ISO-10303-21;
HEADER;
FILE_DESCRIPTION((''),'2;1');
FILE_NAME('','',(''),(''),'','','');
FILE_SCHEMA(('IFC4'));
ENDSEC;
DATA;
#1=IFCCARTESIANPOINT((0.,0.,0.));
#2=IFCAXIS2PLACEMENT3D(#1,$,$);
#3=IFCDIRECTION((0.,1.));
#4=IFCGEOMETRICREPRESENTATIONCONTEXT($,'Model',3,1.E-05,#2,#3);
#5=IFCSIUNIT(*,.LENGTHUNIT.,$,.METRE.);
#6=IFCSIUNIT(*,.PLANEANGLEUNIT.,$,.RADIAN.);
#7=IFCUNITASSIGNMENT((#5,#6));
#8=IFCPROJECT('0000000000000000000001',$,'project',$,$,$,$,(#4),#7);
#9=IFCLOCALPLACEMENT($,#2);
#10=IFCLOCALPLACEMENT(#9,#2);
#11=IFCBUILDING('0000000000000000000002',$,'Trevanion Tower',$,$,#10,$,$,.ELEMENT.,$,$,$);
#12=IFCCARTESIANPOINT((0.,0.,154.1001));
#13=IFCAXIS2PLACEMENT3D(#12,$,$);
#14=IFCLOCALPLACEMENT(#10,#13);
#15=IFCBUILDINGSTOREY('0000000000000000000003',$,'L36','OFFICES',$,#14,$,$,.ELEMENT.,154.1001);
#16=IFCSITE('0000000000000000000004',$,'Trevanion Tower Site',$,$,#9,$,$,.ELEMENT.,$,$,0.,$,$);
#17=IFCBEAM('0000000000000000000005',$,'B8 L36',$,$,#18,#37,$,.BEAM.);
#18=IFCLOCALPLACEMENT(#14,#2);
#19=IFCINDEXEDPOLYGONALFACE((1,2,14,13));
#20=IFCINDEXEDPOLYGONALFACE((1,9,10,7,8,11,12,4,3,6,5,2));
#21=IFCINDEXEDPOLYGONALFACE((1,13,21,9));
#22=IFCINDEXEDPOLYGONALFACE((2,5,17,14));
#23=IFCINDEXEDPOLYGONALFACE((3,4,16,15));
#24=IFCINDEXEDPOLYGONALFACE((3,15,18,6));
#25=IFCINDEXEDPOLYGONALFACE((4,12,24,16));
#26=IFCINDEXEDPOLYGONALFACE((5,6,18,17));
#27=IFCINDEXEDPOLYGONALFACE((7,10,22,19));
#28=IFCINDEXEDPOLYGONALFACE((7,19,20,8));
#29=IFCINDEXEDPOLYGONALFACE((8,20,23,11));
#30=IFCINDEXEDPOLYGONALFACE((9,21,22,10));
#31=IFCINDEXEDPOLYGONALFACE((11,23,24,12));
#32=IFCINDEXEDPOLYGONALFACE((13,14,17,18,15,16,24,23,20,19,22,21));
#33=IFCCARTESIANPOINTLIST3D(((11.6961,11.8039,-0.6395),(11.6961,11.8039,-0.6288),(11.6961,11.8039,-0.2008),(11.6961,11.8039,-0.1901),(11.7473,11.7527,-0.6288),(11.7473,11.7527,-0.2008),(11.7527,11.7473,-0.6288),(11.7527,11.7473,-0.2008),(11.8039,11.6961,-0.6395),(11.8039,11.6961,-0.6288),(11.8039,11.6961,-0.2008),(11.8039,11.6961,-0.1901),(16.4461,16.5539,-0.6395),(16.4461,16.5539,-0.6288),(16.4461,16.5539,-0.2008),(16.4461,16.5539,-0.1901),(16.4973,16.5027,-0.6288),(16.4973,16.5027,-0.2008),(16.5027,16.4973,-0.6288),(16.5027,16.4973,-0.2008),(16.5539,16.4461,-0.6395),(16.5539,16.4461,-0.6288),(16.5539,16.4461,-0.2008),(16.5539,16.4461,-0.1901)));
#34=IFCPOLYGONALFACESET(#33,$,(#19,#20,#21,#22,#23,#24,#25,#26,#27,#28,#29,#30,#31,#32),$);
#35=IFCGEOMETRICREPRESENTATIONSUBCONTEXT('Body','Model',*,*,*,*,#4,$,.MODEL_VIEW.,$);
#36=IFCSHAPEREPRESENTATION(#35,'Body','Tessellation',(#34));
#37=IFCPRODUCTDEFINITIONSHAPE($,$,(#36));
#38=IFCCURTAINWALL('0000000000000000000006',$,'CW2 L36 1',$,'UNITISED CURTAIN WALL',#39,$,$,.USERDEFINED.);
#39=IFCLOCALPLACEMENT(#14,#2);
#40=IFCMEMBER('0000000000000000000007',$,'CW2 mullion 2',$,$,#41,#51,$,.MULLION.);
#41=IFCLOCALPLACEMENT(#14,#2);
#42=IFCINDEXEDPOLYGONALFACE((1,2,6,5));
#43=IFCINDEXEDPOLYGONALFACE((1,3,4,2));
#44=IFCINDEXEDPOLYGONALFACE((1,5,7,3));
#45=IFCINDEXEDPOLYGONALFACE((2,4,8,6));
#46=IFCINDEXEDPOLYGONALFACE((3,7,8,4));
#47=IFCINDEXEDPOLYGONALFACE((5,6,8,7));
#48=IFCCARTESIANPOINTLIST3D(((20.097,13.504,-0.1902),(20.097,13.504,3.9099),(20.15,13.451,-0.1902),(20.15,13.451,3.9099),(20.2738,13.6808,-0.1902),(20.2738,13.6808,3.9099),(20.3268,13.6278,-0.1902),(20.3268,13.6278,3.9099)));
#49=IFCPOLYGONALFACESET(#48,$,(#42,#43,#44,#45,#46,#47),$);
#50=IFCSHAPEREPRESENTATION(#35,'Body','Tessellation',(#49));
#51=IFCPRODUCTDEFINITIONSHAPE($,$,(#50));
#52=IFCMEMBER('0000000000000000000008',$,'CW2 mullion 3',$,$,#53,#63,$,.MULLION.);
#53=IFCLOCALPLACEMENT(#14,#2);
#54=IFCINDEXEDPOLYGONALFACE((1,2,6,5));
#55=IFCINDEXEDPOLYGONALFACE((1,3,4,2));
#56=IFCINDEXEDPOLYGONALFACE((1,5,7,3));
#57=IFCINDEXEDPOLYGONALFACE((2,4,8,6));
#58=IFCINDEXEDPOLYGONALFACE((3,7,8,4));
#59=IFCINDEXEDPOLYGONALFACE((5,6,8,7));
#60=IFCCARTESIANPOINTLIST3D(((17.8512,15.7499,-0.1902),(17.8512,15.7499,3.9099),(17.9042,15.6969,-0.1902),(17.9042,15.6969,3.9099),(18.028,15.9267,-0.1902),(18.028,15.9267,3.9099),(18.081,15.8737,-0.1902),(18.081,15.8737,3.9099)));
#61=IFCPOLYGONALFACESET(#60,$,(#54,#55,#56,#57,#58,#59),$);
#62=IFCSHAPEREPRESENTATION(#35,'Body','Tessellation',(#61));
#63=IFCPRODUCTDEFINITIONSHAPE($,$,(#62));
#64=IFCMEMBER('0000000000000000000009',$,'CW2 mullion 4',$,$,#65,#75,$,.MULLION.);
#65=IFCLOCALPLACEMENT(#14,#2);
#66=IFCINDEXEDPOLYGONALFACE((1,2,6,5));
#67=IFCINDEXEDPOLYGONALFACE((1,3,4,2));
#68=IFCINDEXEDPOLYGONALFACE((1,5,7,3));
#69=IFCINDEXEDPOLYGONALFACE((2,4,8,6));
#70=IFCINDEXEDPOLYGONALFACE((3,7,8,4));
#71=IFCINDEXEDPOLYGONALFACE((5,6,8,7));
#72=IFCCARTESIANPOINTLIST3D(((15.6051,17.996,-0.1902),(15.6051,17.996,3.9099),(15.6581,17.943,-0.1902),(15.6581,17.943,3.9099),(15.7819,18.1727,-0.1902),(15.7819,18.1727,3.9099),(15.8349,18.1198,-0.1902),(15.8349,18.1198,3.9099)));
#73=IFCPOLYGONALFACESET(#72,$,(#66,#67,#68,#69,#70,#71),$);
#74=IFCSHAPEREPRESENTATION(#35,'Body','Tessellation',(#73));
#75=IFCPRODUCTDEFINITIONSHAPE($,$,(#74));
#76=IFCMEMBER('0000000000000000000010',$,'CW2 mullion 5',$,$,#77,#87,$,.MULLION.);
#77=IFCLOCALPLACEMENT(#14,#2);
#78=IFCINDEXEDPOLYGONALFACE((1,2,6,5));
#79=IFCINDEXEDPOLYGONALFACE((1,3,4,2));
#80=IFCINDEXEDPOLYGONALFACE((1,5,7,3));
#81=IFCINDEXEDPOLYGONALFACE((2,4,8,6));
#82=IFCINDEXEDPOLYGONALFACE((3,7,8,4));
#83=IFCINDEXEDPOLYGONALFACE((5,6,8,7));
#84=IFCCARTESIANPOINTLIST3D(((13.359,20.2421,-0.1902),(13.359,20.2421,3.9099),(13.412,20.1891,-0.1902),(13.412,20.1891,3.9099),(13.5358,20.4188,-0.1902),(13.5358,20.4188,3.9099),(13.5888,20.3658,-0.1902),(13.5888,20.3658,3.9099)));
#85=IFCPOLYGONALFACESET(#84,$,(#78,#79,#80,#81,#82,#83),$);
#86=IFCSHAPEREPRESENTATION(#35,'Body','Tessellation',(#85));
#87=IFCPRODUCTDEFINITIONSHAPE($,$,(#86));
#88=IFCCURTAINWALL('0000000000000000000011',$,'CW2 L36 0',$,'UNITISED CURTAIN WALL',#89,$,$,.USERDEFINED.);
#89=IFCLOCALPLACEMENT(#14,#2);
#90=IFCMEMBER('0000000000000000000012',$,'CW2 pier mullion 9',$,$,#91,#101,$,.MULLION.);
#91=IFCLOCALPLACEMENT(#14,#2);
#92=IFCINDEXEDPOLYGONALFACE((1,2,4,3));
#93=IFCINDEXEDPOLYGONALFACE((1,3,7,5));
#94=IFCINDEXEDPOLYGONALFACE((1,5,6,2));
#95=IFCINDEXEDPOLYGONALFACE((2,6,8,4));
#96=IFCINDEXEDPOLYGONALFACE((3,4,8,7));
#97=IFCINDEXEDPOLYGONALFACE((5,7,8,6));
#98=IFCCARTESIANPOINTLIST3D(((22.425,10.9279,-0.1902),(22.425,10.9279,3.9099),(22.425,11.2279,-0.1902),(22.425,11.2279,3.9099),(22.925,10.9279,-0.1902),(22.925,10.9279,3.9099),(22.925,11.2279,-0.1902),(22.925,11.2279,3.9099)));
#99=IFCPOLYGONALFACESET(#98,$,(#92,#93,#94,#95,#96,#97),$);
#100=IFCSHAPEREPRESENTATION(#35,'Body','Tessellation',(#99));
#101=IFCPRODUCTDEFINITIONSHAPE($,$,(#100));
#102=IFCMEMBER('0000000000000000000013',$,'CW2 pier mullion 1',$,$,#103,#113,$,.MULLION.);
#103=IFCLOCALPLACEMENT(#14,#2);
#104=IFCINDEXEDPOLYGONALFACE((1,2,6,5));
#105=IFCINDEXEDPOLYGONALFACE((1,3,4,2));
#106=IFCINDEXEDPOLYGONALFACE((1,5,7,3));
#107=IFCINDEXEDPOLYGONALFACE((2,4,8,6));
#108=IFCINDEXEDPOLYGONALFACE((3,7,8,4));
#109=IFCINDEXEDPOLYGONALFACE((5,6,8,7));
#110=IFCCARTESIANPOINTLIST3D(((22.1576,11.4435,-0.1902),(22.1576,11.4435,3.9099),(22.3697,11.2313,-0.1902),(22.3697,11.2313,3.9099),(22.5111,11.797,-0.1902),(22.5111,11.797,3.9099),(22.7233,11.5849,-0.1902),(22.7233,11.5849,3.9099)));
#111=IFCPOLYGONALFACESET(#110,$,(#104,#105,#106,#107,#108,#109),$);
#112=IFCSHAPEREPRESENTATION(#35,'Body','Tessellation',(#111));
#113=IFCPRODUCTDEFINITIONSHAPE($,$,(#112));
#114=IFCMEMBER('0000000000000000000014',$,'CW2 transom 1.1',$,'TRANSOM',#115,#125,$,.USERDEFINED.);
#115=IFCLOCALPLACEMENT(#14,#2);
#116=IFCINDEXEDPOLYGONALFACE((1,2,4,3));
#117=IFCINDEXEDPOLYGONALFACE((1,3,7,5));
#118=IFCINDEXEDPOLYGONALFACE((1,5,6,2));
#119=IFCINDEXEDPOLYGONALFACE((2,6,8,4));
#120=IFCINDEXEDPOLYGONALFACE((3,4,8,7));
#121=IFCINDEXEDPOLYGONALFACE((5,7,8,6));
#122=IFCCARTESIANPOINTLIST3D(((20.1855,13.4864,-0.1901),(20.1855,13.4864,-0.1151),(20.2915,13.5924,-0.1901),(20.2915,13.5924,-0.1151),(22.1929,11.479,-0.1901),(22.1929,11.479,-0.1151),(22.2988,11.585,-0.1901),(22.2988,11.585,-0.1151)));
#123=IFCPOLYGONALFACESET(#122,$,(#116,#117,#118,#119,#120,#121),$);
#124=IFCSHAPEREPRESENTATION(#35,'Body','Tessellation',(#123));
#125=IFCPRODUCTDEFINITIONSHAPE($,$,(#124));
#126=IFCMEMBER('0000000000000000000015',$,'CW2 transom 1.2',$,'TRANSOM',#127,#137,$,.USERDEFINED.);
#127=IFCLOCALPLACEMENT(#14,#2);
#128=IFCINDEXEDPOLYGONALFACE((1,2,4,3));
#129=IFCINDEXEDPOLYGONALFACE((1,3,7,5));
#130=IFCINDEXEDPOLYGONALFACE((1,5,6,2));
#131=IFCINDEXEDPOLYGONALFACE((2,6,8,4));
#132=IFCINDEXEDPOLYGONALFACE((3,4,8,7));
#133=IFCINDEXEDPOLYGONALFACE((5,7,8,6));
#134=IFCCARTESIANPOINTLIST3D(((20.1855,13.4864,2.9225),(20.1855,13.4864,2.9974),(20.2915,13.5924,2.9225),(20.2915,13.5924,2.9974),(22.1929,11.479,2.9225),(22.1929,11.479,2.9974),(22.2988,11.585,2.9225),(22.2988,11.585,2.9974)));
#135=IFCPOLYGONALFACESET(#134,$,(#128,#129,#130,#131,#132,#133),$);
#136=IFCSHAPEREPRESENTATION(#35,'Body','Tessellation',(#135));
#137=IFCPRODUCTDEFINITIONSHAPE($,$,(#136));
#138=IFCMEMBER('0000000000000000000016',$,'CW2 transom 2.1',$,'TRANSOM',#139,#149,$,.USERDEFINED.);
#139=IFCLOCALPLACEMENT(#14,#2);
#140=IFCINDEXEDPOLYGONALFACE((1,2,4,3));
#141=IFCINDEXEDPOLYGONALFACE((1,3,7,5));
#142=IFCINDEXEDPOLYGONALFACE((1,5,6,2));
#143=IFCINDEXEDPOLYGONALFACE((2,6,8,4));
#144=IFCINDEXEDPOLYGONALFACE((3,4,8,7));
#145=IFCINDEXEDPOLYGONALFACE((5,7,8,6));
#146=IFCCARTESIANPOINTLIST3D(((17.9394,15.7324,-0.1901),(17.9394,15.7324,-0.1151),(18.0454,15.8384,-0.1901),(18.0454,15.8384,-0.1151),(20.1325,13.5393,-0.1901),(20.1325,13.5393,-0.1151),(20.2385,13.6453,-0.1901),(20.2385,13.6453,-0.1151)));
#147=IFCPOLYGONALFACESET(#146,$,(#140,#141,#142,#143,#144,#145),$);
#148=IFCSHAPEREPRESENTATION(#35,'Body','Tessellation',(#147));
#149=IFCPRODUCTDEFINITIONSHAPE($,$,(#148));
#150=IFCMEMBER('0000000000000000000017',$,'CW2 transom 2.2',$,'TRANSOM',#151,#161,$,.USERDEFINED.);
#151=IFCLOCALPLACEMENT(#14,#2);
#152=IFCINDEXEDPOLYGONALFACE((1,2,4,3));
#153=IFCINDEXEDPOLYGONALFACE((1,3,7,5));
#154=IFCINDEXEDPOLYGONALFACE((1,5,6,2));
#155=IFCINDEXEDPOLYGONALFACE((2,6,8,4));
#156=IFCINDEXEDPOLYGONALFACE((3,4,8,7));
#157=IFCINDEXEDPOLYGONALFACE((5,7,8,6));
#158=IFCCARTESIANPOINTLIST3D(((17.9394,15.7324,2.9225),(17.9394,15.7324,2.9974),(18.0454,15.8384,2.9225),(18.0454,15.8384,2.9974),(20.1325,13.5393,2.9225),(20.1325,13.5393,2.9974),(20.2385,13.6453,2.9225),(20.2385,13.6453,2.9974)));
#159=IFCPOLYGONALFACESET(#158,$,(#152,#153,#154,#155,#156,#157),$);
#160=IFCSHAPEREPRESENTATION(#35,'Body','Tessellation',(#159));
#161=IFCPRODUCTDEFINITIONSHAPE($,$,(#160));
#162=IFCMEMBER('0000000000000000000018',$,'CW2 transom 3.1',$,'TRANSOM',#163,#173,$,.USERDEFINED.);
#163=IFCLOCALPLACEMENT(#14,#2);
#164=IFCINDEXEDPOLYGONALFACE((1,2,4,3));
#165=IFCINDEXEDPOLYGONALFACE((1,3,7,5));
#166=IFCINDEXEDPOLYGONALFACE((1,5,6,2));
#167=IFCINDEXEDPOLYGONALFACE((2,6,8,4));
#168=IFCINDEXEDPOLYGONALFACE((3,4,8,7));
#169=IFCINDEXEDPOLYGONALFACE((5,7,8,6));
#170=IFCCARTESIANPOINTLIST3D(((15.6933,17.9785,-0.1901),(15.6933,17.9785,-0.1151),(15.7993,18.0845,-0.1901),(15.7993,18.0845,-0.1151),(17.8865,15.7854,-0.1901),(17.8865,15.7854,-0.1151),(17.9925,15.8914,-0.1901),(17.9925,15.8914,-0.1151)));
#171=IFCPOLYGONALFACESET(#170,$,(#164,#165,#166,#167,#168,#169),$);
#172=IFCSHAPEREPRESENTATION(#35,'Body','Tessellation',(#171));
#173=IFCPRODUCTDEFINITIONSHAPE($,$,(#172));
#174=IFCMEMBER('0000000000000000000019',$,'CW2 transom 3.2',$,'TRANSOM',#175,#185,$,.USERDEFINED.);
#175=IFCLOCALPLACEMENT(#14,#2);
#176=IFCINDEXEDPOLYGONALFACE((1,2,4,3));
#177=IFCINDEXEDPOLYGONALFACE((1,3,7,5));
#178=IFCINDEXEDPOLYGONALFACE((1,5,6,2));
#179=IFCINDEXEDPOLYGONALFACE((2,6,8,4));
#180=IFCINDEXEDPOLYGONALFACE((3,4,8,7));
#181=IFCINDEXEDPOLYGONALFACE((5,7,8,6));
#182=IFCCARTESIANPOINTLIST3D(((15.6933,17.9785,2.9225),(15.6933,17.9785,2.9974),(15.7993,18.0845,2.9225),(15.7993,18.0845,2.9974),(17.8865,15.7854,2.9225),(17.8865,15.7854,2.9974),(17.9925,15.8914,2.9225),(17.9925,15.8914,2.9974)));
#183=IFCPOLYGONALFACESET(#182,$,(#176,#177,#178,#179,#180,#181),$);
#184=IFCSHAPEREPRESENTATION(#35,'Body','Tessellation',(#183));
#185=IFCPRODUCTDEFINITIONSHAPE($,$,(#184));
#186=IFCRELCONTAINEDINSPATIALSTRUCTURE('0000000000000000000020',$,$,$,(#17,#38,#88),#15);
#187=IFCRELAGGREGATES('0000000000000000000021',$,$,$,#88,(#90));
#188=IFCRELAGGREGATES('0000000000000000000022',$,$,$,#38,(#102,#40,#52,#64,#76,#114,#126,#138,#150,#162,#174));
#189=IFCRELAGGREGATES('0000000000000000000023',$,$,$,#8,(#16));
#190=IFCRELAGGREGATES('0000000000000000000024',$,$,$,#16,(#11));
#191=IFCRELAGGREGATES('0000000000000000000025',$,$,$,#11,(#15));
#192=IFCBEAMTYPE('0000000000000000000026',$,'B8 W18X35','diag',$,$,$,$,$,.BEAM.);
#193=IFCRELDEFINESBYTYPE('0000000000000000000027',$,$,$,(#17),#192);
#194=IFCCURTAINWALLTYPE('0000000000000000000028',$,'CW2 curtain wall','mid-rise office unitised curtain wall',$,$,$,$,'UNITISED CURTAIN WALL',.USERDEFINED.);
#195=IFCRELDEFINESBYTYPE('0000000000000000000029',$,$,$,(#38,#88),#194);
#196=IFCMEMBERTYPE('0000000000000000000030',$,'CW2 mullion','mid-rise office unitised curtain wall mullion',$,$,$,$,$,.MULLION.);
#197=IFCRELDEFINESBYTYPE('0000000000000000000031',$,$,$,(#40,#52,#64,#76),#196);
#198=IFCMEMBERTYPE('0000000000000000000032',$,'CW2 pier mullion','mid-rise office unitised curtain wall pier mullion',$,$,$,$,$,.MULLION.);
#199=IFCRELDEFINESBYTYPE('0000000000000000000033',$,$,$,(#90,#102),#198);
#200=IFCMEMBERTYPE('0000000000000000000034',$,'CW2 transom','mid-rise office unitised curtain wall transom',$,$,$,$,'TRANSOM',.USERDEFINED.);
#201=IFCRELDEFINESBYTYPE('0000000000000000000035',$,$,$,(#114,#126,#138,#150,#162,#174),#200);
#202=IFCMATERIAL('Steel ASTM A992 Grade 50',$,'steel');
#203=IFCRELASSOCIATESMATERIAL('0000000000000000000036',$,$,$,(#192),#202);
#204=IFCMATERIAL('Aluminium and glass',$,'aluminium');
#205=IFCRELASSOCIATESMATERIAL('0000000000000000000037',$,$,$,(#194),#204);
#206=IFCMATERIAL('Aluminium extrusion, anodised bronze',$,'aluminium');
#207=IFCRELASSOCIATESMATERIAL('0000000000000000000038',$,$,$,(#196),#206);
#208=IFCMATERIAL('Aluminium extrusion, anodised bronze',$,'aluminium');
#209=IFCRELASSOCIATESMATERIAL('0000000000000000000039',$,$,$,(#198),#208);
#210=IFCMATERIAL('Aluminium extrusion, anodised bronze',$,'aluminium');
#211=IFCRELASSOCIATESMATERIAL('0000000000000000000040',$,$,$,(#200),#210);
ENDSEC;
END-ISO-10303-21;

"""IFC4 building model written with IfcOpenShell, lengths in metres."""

from ifc_helpers import new_model, si_unit, direction, frame, origin, origin_2d, place, context, subcontext, project, spatial, rectangle, i_section, extrude, material, material_profile, profile_set, type_object, element, aggregate, save


model = new_model("IFC4")

# Units and contexts
model_context = context("Model", 3, precision=1e-05, world=origin(), true_north=direction((0.0, 1.0)))
body_context = subcontext(model_context, "Body", "Model", "MODEL_VIEW")
ifc_project = project(units=[si_unit("LENGTHUNIT", "METRE"), si_unit("PLANEANGLEUNIT", "RADIAN")], contexts=[model_context])

# Site, building, storey
site_placement = place(None, origin())
site = spatial("IfcSite", under=ifc_project, at=site_placement, Name="Trevanion Tower Site", CompositionType="ELEMENT", RefElevation=0.0)
building_placement = place(site_placement, origin())
building = spatial("IfcBuilding", under=site, at=building_placement, Name="Trevanion Tower", CompositionType="ELEMENT")
storey_placement = place(building_placement, frame((0.0, 0.0, 154.1001)))
storey = spatial("IfcBuildingStorey", under=building, at=storey_placement, Name="L36", Description="OFFICES", CompositionType="ELEMENT", Elevation=154.1001)

# Beam
ifc_material_1 = material(Name="Steel ASTM A992 Grade 50", Category="steel")
ifc_material_profile_1 = material_profile(ifc_material_1, i_section(OverallWidth=0.1523, OverallDepth=0.4495, WebThickness=0.0076, FlangeThickness=0.0107, at=origin_2d()), Name="W18X35")
ifc_profile_set_1 = profile_set([ifc_material_profile_1], Name="Steel ASTM A992 Grade 50")
beam_type = type_object("IfcBeamType", Name="B8 W18X35", Description="diag", PredefinedType="BEAM", material=ifc_profile_set_1)
beam_placement = place(storey_placement, frame((11.75, 11.75, -0.4148), z_axis=(0.707107, 0.707107, 0.0), x_axis=(-0.707107, 0.707107, 0.0)))
element("IfcBeam", 1, at=beam_placement, inside=storey, type_object=beam_type, Name="B8 L36", PredefinedType="BEAM", context=body_context, shape_type="SweptSolid", body=[
    extrude(i_section(OverallWidth=0.1523, OverallDepth=0.4495, WebThickness=0.0076, FlangeThickness=0.0107, at=origin_2d()), origin(), (0.0, 0.0, 1.0), 6.7175),
])

# Curtain wall, members
ifc_material_2 = material(Name="Aluminium and glass", Category="aluminium")
curtain_wall_type = type_object("IfcCurtainWallType", Name="CW2 curtain wall", Description="mid-rise office unitised curtain wall", ElementType="UNITISED CURTAIN WALL", PredefinedType="USERDEFINED", material=ifc_material_2)
curtain_wall_1_placement = place(storey_placement, origin())
curtain_wall_1 = element("IfcCurtainWall", 2, at=curtain_wall_1_placement, inside=storey, type_object=curtain_wall_type, Name="CW2 L36 1", ObjectType="UNITISED CURTAIN WALL", PredefinedType="USERDEFINED")
ifc_material_3 = material(Name="Aluminium extrusion, anodised bronze", Category="aluminium")
ifc_material_profile_2 = material_profile(ifc_material_3, rectangle(XDim=0.075, YDim=0.25, at=origin_2d()), Name="CW2 mullion")
ifc_profile_set_2 = profile_set([ifc_material_profile_2], Name="Aluminium extrusion, anodised bronze")
member_type_1 = type_object("IfcMemberType", Name="CW2 mullion", Description="mid-rise office unitised curtain wall mullion", PredefinedType="MULLION", material=ifc_profile_set_2)
member_1_placement = place(storey_placement, frame((20.2119, 13.5659, -0.1902), z_axis=(0.0, 0.0, 1.0), x_axis=(-0.707107, 0.707107, 0.0)))
member_1 = element("IfcMember", 3, at=member_1_placement, type_object=member_type_1, Name="CW2 mullion 2", PredefinedType="MULLION", context=body_context, shape_type="SweptSolid", body=[
    extrude(rectangle(XDim=0.075, YDim=0.25, at=origin_2d()), origin(), (0.0, 0.0, 1.0), 4.1001),
])
member_2_placement = place(storey_placement, frame((17.9661, 15.8118, -0.1902), z_axis=(0.0, 0.0, 1.0), x_axis=(-0.707107, 0.707107, 0.0)))
member_2 = element("IfcMember", 4, at=member_2_placement, type_object=member_type_1, Name="CW2 mullion 3", PredefinedType="MULLION", context=body_context, shape_type="SweptSolid", body=[
    extrude(rectangle(XDim=0.075, YDim=0.25, at=origin_2d()), origin(), (0.0, 0.0, 1.0), 4.1001),
])
member_3_placement = place(storey_placement, frame((15.72, 18.0579, -0.1902), z_axis=(0.0, 0.0, 1.0), x_axis=(-0.707107, 0.707107, 0.0)))
member_3 = element("IfcMember", 5, at=member_3_placement, type_object=member_type_1, Name="CW2 mullion 4", PredefinedType="MULLION", context=body_context, shape_type="SweptSolid", body=[
    extrude(rectangle(XDim=0.075, YDim=0.25, at=origin_2d()), origin(), (0.0, 0.0, 1.0), 4.1001),
])
member_4_placement = place(storey_placement, frame((13.4739, 20.304, -0.1902), z_axis=(0.0, 0.0, 1.0), x_axis=(-0.707107, 0.707107, 0.0)))
member_4 = element("IfcMember", 6, at=member_4_placement, type_object=member_type_1, Name="CW2 mullion 5", PredefinedType="MULLION", context=body_context, shape_type="SweptSolid", body=[
    extrude(rectangle(XDim=0.075, YDim=0.25, at=origin_2d()), origin(), (0.0, 0.0, 1.0), 4.1001),
])

# Curtain wall, member
curtain_wall_2_placement = place(storey_placement, origin())
curtain_wall_2 = element("IfcCurtainWall", 7, at=curtain_wall_2_placement, inside=storey, type_object=curtain_wall_type, Name="CW2 L36 0", ObjectType="UNITISED CURTAIN WALL", PredefinedType="USERDEFINED")
ifc_material_4 = material(Name="Aluminium extrusion, anodised bronze", Category="aluminium")
ifc_material_profile_3 = material_profile(ifc_material_4, rectangle(XDim=0.3, YDim=0.5, at=origin_2d()), Name="CW2 pier mullion")
ifc_profile_set_3 = profile_set([ifc_material_profile_3], Name="Aluminium extrusion, anodised bronze")
member_type_2 = type_object("IfcMemberType", Name="CW2 pier mullion", Description="mid-rise office unitised curtain wall pier mullion", PredefinedType="MULLION", material=ifc_profile_set_3)
member_5_placement = place(storey_placement, frame((22.675, 11.0779, -0.1902), z_axis=(0.0, 0.0, 1.0), x_axis=(0.0, 1.0, 0.0)))
member_5 = element("IfcMember", 8, at=member_5_placement, type_object=member_type_2, Name="CW2 pier mullion 9", PredefinedType="MULLION", context=body_context, shape_type="SweptSolid", body=[
    extrude(rectangle(XDim=0.3, YDim=0.5, at=origin_2d()), origin(), (0.0, 0.0, 1.0), 4.1001),
])
aggregate(curtain_wall_2, [member_5])

# Members
member_6_placement = place(storey_placement, frame((22.4404, 11.5142, -0.1902), z_axis=(0.0, 0.0, 1.0), x_axis=(-0.707107, 0.707107, 0.0)))
member_6 = element("IfcMember", 9, at=member_6_placement, type_object=member_type_2, Name="CW2 pier mullion 1", PredefinedType="MULLION", context=body_context, shape_type="SweptSolid", body=[
    extrude(rectangle(XDim=0.3, YDim=0.5, at=origin_2d()), origin(), (0.0, 0.0, 1.0), 4.1001),
])
ifc_material_5 = material(Name="Aluminium extrusion, anodised bronze", Category="aluminium")
ifc_material_profile_4 = material_profile(ifc_material_5, rectangle(XDim=0.1499, YDim=0.075, at=origin_2d()), Name="CW2 transom")
ifc_profile_set_4 = profile_set([ifc_material_profile_4], Name="Aluminium extrusion, anodised bronze")
member_type_3 = type_object("IfcMemberType", Name="CW2 transom", Description="mid-rise office unitised curtain wall transom", ElementType="TRANSOM", PredefinedType="USERDEFINED", material=ifc_profile_set_4)
member_7_placement = place(storey_placement, frame((22.2458, 11.532, -0.1526), z_axis=(-0.707107, 0.707107, 0.0), x_axis=(-0.707107, -0.707107, 0.0)))
member_7 = element("IfcMember", 10, at=member_7_placement, type_object=member_type_3, Name="CW2 transom 1.1", ObjectType="TRANSOM", PredefinedType="USERDEFINED", context=body_context, shape_type="SweptSolid", body=[
    extrude(rectangle(XDim=0.1499, YDim=0.075, at=origin_2d()), origin(), (0.0, 0.0, 1.0), 2.8389),
])
member_8_placement = place(storey_placement, frame((22.2458, 11.532, 2.96), z_axis=(-0.707107, 0.707107, 0.0), x_axis=(-0.707107, -0.707107, 0.0)))
member_8 = element("IfcMember", 11, at=member_8_placement, type_object=member_type_3, Name="CW2 transom 1.2", ObjectType="TRANSOM", PredefinedType="USERDEFINED", context=body_context, shape_type="SweptSolid", body=[
    extrude(rectangle(XDim=0.1499, YDim=0.075, at=origin_2d()), origin(), (0.0, 0.0, 1.0), 2.8389),
])
member_9_placement = place(storey_placement, frame((20.1855, 13.5923, -0.1526), z_axis=(-0.707107, 0.707107, 0.0), x_axis=(-0.707107, -0.707107, 0.0)))
member_9 = element("IfcMember", 12, at=member_9_placement, type_object=member_type_3, Name="CW2 transom 2.1", ObjectType="TRANSOM", PredefinedType="USERDEFINED", context=body_context, shape_type="SweptSolid", body=[
    extrude(rectangle(XDim=0.1499, YDim=0.075, at=origin_2d()), origin(), (0.0, 0.0, 1.0), 3.1016),
])
member_10_placement = place(storey_placement, frame((20.1855, 13.5923, 2.96), z_axis=(-0.707107, 0.707107, 0.0), x_axis=(-0.707107, -0.707107, 0.0)))
member_10 = element("IfcMember", 13, at=member_10_placement, type_object=member_type_3, Name="CW2 transom 2.2", ObjectType="TRANSOM", PredefinedType="USERDEFINED", context=body_context, shape_type="SweptSolid", body=[
    extrude(rectangle(XDim=0.1499, YDim=0.075, at=origin_2d()), origin(), (0.0, 0.0, 1.0), 3.1016),
])
member_11_placement = place(storey_placement, frame((17.9395, 15.8384, -0.1526), z_axis=(-0.707107, 0.707107, 0.0), x_axis=(-0.707107, -0.707107, 0.0)))
member_11 = element("IfcMember", 14, at=member_11_placement, type_object=member_type_3, Name="CW2 transom 3.1", ObjectType="TRANSOM", PredefinedType="USERDEFINED", context=body_context, shape_type="SweptSolid", body=[
    extrude(rectangle(XDim=0.1499, YDim=0.075, at=origin_2d()), origin(), (0.0, 0.0, 1.0), 3.1016),
])
member_12_placement = place(storey_placement, frame((17.9395, 15.8384, 2.96), z_axis=(-0.707107, 0.707107, 0.0), x_axis=(-0.707107, -0.707107, 0.0)))
member_12 = element("IfcMember", 15, at=member_12_placement, type_object=member_type_3, Name="CW2 transom 3.2", ObjectType="TRANSOM", PredefinedType="USERDEFINED", context=body_context, shape_type="SweptSolid", body=[
    extrude(rectangle(XDim=0.1499, YDim=0.075, at=origin_2d()), origin(), (0.0, 0.0, 1.0), 3.1016),
])

aggregate(curtain_wall_1, [member_6, member_1, member_2, member_3, member_4, member_7, member_8, member_9, member_10, member_11, member_12])

save(model, "model.ifc")
